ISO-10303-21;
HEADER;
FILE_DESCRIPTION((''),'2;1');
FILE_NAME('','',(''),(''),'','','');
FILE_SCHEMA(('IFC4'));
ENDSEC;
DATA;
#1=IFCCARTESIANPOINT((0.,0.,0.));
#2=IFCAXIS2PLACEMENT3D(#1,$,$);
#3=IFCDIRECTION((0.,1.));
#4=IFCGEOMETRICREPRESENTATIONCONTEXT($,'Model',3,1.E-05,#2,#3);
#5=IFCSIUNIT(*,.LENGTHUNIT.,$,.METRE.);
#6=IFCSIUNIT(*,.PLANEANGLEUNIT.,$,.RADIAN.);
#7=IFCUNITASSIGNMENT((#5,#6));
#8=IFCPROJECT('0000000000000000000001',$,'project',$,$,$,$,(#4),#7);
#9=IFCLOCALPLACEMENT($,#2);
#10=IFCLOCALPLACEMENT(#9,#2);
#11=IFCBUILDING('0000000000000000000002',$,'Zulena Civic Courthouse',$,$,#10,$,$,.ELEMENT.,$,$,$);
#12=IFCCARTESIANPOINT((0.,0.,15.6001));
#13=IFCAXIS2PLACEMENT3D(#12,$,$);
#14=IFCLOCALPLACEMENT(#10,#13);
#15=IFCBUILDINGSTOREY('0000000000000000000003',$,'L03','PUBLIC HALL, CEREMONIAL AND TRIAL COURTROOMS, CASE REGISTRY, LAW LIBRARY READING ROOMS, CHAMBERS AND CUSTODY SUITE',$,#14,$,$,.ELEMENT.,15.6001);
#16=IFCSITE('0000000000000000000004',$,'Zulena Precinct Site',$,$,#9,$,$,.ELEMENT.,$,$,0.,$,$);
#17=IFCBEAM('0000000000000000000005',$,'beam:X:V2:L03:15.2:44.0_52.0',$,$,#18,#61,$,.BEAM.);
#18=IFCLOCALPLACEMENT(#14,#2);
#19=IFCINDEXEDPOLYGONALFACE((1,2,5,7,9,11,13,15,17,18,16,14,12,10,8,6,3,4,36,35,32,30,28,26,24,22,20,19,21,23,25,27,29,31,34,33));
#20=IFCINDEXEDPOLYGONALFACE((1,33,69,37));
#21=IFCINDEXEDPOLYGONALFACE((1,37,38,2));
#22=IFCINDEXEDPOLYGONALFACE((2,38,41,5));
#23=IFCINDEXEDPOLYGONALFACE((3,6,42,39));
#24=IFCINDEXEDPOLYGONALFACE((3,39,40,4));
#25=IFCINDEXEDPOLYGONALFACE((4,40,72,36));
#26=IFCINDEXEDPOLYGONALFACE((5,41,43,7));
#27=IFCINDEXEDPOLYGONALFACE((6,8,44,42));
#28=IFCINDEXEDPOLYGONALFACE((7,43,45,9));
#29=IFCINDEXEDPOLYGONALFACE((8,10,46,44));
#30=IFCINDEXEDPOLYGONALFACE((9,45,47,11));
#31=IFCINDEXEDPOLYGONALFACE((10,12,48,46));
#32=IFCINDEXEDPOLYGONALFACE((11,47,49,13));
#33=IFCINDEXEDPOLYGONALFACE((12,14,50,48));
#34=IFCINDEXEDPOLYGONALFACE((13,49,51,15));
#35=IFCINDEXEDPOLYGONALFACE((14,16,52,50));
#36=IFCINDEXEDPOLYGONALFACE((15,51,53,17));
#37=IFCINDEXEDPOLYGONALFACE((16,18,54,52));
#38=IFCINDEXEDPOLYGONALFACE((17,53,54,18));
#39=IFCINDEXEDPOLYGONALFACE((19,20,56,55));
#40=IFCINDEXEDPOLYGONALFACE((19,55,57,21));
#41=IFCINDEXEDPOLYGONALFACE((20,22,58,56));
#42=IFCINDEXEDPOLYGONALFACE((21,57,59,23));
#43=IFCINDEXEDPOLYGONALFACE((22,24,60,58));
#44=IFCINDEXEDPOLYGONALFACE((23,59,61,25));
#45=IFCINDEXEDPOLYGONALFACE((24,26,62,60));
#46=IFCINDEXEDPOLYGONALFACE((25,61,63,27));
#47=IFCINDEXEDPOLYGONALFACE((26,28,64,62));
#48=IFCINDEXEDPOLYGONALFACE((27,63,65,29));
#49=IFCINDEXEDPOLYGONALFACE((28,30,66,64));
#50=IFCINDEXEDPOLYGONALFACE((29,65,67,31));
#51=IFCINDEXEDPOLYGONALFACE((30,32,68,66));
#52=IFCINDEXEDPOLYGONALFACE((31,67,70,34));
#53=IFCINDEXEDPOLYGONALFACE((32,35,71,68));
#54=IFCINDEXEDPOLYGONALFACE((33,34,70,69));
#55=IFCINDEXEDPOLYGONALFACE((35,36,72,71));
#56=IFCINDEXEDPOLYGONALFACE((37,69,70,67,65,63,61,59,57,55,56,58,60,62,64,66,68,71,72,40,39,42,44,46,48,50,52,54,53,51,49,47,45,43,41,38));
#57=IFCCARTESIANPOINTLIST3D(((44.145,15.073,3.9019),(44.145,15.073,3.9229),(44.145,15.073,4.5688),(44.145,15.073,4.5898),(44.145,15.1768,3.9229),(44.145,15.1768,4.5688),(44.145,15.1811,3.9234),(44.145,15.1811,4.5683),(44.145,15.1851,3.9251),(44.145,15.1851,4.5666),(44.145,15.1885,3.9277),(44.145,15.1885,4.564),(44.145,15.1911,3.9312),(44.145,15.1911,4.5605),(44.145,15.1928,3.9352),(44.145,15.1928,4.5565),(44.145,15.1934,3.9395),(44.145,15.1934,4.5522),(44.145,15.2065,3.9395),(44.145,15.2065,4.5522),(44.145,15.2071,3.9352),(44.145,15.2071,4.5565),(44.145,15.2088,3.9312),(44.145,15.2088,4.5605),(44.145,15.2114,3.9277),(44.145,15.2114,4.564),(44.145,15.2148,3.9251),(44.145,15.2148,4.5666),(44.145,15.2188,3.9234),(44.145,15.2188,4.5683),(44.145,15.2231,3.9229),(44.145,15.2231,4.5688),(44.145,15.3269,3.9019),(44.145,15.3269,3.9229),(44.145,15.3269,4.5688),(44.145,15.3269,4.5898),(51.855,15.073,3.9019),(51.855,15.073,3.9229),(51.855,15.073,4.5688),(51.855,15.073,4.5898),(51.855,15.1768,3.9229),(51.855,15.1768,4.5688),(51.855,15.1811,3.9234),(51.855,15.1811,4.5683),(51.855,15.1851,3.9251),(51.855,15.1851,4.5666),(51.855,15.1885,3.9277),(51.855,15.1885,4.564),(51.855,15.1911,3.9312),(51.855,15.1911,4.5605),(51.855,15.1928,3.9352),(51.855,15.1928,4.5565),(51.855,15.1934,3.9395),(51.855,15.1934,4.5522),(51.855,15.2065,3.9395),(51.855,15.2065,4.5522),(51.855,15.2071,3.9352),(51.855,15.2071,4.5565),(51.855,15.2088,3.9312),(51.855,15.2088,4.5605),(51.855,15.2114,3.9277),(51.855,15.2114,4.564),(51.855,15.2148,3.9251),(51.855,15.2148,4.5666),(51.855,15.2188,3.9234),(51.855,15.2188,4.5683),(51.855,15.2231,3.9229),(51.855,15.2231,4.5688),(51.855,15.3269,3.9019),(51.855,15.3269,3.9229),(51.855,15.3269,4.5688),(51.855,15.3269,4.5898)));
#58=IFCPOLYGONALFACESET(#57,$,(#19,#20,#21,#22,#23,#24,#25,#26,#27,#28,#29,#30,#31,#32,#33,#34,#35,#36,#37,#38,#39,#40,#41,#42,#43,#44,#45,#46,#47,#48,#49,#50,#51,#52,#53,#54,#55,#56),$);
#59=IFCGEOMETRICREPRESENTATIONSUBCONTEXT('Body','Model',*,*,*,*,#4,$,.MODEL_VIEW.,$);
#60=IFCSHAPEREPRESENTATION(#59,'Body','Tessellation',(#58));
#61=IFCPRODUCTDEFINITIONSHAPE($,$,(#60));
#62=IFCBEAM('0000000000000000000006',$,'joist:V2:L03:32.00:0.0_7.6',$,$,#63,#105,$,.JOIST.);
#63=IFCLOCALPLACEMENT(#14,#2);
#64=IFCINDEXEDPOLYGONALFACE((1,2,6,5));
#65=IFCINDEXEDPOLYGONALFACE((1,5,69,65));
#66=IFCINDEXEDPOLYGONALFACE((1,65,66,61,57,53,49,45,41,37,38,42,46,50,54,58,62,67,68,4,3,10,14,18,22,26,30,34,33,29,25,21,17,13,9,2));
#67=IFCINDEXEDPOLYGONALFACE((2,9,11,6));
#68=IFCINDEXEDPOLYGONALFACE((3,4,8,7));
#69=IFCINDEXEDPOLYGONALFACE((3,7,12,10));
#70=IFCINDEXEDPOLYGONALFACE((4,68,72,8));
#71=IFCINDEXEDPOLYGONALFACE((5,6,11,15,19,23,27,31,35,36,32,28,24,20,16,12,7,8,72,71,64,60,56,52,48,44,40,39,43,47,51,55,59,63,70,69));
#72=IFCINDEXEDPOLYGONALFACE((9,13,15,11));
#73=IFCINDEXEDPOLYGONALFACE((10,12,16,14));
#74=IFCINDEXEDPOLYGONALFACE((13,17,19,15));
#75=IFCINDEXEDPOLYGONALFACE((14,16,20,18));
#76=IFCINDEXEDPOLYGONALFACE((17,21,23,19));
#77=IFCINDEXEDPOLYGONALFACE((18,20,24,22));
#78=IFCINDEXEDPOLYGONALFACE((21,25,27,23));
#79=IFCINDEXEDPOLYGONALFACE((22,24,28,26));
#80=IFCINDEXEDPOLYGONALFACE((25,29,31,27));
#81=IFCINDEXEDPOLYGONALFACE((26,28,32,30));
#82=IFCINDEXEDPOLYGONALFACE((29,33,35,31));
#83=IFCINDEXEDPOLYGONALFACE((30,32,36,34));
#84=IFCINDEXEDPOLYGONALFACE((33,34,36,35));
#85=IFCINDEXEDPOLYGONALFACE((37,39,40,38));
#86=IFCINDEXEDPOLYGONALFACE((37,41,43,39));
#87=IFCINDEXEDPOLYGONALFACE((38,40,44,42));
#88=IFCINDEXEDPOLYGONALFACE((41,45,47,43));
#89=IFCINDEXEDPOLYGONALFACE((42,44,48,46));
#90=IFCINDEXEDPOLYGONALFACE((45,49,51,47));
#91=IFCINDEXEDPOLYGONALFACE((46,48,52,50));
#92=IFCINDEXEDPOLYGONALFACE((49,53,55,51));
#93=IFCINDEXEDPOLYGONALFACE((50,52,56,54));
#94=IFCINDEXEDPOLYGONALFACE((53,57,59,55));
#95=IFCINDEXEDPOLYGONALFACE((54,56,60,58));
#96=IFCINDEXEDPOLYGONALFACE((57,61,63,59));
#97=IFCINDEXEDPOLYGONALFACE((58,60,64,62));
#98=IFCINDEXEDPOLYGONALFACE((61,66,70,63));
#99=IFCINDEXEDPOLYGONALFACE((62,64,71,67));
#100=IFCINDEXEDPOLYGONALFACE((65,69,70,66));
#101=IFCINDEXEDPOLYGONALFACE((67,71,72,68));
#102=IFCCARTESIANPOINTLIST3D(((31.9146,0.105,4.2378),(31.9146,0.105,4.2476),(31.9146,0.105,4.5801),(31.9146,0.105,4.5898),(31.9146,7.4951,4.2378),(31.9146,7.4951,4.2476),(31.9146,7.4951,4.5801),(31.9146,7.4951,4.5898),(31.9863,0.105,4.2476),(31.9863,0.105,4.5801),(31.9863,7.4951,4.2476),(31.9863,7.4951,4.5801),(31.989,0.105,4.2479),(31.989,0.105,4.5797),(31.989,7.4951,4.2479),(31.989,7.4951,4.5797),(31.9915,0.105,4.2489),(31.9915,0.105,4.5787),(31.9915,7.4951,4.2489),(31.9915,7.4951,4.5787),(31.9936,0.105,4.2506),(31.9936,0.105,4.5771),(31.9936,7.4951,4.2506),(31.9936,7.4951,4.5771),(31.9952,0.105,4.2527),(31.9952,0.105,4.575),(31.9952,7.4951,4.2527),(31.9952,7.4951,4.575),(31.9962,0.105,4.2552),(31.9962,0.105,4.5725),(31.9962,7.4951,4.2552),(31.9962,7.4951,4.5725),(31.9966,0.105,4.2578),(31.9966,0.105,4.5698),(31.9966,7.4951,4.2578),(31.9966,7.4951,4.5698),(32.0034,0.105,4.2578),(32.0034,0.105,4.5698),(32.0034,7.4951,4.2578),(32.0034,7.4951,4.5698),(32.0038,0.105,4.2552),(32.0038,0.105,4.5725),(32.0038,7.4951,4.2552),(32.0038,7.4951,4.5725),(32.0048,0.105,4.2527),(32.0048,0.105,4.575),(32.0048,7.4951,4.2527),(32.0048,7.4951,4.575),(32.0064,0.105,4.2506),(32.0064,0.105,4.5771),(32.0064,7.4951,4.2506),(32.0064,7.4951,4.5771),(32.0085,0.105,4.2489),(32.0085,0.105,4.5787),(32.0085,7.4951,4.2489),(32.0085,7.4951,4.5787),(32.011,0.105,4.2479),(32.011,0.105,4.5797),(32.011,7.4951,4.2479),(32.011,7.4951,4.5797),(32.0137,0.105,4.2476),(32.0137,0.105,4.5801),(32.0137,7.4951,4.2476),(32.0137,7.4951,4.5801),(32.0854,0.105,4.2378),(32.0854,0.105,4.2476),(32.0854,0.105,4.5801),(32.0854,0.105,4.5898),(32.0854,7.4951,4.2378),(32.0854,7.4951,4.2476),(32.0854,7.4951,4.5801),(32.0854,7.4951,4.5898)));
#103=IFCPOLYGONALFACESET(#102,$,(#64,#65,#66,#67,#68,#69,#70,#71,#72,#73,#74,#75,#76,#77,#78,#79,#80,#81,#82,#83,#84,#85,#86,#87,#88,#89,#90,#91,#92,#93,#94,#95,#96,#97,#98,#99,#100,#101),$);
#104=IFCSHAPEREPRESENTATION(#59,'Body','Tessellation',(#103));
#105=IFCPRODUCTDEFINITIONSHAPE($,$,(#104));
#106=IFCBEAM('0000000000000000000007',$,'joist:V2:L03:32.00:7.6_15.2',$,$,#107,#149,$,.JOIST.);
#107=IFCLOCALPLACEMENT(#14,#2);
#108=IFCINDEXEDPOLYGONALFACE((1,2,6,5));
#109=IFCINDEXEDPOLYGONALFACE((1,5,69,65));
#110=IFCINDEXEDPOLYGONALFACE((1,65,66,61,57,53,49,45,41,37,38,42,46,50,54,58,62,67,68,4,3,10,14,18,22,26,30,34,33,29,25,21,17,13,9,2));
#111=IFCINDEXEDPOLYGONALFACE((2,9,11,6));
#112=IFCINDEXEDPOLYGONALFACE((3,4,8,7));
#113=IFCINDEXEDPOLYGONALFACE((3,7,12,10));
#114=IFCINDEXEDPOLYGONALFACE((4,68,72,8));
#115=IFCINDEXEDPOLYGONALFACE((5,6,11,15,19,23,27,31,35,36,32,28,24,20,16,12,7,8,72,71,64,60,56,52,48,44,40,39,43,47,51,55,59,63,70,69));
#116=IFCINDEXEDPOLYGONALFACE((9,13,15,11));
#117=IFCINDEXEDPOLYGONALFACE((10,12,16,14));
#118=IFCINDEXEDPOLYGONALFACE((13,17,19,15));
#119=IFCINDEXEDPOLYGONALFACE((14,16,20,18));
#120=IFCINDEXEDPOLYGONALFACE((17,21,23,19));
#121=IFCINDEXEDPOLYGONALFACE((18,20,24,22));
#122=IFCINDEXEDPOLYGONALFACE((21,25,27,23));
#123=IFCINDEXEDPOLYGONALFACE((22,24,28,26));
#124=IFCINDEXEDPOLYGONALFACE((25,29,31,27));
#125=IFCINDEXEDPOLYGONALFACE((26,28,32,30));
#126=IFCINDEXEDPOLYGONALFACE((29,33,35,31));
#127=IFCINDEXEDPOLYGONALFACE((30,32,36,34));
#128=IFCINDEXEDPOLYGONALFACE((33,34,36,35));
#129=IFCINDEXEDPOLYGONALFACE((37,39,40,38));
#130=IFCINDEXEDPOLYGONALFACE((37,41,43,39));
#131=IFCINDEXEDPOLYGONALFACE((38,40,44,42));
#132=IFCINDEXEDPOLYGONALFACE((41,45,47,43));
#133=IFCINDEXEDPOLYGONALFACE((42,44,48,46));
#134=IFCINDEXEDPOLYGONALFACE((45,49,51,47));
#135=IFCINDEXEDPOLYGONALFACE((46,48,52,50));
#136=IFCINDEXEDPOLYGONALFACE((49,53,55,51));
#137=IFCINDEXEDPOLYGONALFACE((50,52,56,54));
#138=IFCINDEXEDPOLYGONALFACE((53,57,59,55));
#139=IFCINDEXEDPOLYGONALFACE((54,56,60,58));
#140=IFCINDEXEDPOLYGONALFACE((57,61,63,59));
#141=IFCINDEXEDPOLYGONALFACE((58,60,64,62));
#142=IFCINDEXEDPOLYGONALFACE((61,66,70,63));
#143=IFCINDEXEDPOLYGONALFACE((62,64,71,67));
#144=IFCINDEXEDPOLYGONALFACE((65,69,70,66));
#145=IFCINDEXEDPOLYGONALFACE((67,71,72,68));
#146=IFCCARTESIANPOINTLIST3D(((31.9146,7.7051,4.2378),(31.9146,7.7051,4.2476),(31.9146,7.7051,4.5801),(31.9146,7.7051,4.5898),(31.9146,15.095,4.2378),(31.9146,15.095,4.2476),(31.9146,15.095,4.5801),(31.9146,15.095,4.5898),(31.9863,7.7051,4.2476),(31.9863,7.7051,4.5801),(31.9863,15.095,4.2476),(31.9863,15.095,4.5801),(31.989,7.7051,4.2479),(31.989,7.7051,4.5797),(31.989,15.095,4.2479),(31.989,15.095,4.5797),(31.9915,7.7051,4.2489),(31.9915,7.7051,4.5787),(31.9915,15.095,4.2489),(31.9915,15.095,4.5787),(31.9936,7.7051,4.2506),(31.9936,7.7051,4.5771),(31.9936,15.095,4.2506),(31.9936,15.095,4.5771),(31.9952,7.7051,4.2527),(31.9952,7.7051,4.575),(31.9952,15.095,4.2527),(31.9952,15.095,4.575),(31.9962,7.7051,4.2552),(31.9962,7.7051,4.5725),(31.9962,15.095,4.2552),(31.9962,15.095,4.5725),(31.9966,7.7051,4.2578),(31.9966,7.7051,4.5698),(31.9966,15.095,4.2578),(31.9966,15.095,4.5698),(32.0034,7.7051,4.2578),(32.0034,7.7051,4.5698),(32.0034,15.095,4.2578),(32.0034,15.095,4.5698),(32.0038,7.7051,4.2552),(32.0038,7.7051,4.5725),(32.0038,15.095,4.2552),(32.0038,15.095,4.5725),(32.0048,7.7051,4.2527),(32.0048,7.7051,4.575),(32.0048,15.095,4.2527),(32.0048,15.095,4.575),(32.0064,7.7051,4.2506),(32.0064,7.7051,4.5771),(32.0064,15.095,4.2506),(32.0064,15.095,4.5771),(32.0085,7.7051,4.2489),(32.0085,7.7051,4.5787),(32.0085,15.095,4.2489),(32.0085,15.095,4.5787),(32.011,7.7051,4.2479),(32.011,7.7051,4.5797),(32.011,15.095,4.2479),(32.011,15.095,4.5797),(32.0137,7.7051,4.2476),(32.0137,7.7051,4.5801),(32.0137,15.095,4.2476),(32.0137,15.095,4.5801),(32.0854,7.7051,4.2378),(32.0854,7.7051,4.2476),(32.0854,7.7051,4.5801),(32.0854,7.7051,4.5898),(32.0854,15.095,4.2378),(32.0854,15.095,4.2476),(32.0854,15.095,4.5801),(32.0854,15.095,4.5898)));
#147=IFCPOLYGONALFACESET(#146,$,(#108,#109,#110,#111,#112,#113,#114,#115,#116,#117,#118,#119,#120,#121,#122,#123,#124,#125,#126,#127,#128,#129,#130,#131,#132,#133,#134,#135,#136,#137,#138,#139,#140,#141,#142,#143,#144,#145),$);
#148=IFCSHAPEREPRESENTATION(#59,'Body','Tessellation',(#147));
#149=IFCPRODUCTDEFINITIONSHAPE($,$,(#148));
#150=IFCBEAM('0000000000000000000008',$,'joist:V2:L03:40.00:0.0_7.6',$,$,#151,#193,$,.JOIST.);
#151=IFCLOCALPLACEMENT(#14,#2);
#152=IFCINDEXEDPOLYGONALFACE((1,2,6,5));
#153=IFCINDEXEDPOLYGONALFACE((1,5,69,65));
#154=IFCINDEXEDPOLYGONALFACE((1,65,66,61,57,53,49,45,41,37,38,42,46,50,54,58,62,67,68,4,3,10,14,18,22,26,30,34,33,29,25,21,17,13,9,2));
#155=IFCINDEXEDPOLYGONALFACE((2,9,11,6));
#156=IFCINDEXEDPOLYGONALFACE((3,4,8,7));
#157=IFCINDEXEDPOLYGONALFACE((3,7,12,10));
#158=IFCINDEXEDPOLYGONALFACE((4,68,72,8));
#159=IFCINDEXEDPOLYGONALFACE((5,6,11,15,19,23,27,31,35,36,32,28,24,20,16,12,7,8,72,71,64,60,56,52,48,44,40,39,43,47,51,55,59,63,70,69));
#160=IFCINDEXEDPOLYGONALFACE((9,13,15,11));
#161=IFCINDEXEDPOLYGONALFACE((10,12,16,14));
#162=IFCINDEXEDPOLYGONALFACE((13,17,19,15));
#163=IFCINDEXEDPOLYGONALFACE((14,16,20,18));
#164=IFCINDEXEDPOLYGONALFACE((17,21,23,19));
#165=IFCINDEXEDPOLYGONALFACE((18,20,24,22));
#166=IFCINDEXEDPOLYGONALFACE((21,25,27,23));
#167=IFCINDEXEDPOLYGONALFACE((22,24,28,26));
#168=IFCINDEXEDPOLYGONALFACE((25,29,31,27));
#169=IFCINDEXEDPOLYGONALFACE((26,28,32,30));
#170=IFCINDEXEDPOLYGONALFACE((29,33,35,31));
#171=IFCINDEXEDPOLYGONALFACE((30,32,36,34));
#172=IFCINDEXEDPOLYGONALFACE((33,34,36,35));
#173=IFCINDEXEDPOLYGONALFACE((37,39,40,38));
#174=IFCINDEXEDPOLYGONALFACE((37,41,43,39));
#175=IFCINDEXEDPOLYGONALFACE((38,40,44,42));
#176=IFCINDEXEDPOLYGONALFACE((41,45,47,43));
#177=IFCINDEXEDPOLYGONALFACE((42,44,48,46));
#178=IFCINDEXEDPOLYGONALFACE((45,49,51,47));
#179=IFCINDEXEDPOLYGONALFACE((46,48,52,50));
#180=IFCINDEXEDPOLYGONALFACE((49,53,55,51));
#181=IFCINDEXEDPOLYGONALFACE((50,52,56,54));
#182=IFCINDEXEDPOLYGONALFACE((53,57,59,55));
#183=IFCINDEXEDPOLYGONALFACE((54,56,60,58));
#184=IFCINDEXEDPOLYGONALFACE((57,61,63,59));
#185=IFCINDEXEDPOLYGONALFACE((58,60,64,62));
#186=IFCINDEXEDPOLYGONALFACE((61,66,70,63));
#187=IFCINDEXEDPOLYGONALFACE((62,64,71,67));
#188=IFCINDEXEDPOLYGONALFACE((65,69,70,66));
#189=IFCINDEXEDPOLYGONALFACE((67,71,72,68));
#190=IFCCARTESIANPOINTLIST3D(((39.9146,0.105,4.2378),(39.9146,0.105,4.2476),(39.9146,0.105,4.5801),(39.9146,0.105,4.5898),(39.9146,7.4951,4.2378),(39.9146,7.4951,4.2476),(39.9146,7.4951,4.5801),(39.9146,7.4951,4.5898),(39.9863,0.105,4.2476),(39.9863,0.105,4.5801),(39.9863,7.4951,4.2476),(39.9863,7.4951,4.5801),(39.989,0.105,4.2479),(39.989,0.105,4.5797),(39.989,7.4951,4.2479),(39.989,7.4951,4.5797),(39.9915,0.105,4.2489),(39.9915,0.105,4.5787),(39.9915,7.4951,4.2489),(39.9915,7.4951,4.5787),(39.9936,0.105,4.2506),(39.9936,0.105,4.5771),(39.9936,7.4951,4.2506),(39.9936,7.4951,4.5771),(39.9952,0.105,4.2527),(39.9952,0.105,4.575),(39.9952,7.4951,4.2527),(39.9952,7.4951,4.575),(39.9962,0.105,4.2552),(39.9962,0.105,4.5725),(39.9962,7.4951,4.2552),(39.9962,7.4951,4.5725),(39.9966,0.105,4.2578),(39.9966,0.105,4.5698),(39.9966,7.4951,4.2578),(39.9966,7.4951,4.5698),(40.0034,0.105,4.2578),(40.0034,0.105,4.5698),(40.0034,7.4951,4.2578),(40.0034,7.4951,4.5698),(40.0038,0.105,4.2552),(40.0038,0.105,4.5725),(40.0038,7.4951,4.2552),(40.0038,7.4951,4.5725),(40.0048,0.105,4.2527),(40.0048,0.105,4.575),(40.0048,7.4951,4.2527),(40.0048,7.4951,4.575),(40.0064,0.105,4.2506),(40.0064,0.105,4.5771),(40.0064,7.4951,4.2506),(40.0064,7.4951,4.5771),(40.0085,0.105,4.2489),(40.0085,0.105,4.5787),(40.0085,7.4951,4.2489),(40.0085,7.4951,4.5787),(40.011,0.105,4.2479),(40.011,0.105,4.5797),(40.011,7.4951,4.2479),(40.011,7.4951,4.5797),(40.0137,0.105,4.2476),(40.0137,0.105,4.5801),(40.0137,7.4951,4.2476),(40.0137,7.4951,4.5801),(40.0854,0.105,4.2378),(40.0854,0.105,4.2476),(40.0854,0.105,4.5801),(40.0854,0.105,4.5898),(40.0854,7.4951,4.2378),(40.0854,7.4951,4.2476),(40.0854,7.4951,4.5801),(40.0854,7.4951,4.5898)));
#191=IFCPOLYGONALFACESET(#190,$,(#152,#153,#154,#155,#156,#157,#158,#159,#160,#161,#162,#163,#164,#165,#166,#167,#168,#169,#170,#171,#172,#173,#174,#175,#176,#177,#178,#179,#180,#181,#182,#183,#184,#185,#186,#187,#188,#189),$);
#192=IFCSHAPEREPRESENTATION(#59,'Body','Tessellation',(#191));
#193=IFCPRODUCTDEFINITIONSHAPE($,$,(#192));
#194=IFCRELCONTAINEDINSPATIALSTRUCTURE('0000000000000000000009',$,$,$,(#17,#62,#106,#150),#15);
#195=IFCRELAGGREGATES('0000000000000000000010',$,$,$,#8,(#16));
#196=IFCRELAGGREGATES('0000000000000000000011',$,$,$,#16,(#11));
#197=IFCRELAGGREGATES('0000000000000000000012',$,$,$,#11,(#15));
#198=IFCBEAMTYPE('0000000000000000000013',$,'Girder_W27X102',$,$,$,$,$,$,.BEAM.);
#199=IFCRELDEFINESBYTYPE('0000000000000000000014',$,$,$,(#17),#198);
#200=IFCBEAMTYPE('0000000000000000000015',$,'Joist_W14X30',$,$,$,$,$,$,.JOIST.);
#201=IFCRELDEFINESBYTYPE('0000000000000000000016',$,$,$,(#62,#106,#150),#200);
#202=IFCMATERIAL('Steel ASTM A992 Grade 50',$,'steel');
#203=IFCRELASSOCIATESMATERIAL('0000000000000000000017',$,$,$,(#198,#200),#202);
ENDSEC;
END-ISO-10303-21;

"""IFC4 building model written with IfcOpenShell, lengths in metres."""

from ifc_helpers import new_model, si_unit, direction, frame, origin, origin_2d, place, context, subcontext, project, spatial, i_section, extrude, material, material_profile, profile_set, type_object, element, save


model = new_model("IFC4")

# Units and contexts
model_context = context("Model", 3, precision=1e-05, world=origin(), true_north=direction((0.0, 1.0)))
body_context = subcontext(model_context, "Body", "Model", "MODEL_VIEW")
ifc_project = project(units=[si_unit("LENGTHUNIT", "METRE"), si_unit("PLANEANGLEUNIT", "RADIAN")], contexts=[model_context])

# Site, building, storey
site_placement = place(None, origin())
site = spatial("IfcSite", under=ifc_project, at=site_placement, Name="Zulena Precinct Site", CompositionType="ELEMENT", RefElevation=0.0)
building_placement = place(site_placement, origin())
building = spatial("IfcBuilding", under=site, at=building_placement, Name="Zulena Civic Courthouse", CompositionType="ELEMENT")
storey_placement = place(building_placement, frame((0.0, 0.0, 15.6001)))
storey = spatial("IfcBuildingStorey", under=building, at=storey_placement, Name="L03", Description="PUBLIC HALL, CEREMONIAL AND TRIAL COURTROOMS, CASE REGISTRY, LAW LIBRARY READING ROOMS, CHAMBERS AND CUSTODY SUITE", CompositionType="ELEMENT", Elevation=15.6001)

# Shared definitions
ifc_material_1 = material(Name="Steel ASTM A992 Grade 50", Category="steel")

# Beams
ifc_material_profile_1 = material_profile(ifc_material_1, i_section(OverallWidth=0.2539, OverallDepth=0.688, WebThickness=0.0132, FlangeThickness=0.021, FilletRadius=0.0166, at=origin_2d()), Name="W27X102")
ifc_profile_set_1 = profile_set([ifc_material_profile_1], Name="Steel ASTM A992 Grade 50")
beam_type_1 = type_object("IfcBeamType", Name="Girder_W27X102", PredefinedType="BEAM", material=ifc_profile_set_1)
for number, where, z_axis, x_axis, name in (
    (1, (44.145, 15.2, 4.2458), (1.0, 0.0, 0.0), (0.0, 1.0, 0.0), "beam:X:V2:L03:15.2:44.0_52.0"),
):
    element("IfcBeam", number, at=place(storey_placement, frame(where, z_axis=z_axis, x_axis=x_axis)), inside=storey, type_object=beam_type_1, Name=name, PredefinedType="BEAM", context=body_context, shape_type="SweptSolid", body=[
        extrude(i_section(OverallWidth=0.2539, OverallDepth=0.688, WebThickness=0.0132, FlangeThickness=0.021, FilletRadius=0.0166, at=origin_2d()), origin(), (0.0, 0.0, 1.0), 7.71),
    ])
ifc_material_profile_2 = material_profile(ifc_material_1, i_section(OverallWidth=0.1709, OverallDepth=0.3521, WebThickness=0.0068, FlangeThickness=0.0098, FilletRadius=0.0103, at=origin_2d()), Name="W14X30")
ifc_profile_set_2 = profile_set([ifc_material_profile_2], Name="Steel ASTM A992 Grade 50")
beam_type_2 = type_object("IfcBeamType", Name="Joist_W14X30", PredefinedType="JOIST", material=ifc_profile_set_2)
beam_1_placement = place(storey_placement, frame((32.0, 0.105, 4.4138), z_axis=(0.0, 1.0, 0.0), x_axis=(-1.0, 0.0, 0.0)))
element("IfcBeam", 2, at=beam_1_placement, inside=storey, type_object=beam_type_2, Name="joist:V2:L03:32.00:0.0_7.6", PredefinedType="JOIST", context=body_context, shape_type="SweptSolid", body=[
    extrude(i_section(OverallWidth=0.1709, OverallDepth=0.3521, WebThickness=0.0068, FlangeThickness=0.0098, FilletRadius=0.0103, at=origin_2d()), origin(), (0.0, 0.0, 1.0), 7.3901),
])
beam_2_placement = place(storey_placement, frame((32.0, 7.7051, 4.4138), z_axis=(0.0, 1.0, 0.0), x_axis=(-1.0, 0.0, 0.0)))
element("IfcBeam", 3, at=beam_2_placement, inside=storey, type_object=beam_type_2, Name="joist:V2:L03:32.00:7.6_15.2", PredefinedType="JOIST", context=body_context, shape_type="SweptSolid", body=[
    extrude(i_section(OverallWidth=0.1709, OverallDepth=0.3521, WebThickness=0.0068, FlangeThickness=0.0098, FilletRadius=0.0103, at=origin_2d()), origin(), (0.0, 0.0, 1.0), 7.3899),
])
beam_3_placement = place(storey_placement, frame((40.0, 0.105, 4.4138), z_axis=(0.0, 1.0, 0.0), x_axis=(-1.0, 0.0, 0.0)))
element("IfcBeam", 4, at=beam_3_placement, inside=storey, type_object=beam_type_2, Name="joist:V2:L03:40.00:0.0_7.6", PredefinedType="JOIST", context=body_context, shape_type="SweptSolid", body=[
    extrude(i_section(OverallWidth=0.1709, OverallDepth=0.3521, WebThickness=0.0068, FlangeThickness=0.0098, FilletRadius=0.0103, at=origin_2d()), origin(), (0.0, 0.0, 1.0), 7.3901),
])

save(model, "model.ifc")
